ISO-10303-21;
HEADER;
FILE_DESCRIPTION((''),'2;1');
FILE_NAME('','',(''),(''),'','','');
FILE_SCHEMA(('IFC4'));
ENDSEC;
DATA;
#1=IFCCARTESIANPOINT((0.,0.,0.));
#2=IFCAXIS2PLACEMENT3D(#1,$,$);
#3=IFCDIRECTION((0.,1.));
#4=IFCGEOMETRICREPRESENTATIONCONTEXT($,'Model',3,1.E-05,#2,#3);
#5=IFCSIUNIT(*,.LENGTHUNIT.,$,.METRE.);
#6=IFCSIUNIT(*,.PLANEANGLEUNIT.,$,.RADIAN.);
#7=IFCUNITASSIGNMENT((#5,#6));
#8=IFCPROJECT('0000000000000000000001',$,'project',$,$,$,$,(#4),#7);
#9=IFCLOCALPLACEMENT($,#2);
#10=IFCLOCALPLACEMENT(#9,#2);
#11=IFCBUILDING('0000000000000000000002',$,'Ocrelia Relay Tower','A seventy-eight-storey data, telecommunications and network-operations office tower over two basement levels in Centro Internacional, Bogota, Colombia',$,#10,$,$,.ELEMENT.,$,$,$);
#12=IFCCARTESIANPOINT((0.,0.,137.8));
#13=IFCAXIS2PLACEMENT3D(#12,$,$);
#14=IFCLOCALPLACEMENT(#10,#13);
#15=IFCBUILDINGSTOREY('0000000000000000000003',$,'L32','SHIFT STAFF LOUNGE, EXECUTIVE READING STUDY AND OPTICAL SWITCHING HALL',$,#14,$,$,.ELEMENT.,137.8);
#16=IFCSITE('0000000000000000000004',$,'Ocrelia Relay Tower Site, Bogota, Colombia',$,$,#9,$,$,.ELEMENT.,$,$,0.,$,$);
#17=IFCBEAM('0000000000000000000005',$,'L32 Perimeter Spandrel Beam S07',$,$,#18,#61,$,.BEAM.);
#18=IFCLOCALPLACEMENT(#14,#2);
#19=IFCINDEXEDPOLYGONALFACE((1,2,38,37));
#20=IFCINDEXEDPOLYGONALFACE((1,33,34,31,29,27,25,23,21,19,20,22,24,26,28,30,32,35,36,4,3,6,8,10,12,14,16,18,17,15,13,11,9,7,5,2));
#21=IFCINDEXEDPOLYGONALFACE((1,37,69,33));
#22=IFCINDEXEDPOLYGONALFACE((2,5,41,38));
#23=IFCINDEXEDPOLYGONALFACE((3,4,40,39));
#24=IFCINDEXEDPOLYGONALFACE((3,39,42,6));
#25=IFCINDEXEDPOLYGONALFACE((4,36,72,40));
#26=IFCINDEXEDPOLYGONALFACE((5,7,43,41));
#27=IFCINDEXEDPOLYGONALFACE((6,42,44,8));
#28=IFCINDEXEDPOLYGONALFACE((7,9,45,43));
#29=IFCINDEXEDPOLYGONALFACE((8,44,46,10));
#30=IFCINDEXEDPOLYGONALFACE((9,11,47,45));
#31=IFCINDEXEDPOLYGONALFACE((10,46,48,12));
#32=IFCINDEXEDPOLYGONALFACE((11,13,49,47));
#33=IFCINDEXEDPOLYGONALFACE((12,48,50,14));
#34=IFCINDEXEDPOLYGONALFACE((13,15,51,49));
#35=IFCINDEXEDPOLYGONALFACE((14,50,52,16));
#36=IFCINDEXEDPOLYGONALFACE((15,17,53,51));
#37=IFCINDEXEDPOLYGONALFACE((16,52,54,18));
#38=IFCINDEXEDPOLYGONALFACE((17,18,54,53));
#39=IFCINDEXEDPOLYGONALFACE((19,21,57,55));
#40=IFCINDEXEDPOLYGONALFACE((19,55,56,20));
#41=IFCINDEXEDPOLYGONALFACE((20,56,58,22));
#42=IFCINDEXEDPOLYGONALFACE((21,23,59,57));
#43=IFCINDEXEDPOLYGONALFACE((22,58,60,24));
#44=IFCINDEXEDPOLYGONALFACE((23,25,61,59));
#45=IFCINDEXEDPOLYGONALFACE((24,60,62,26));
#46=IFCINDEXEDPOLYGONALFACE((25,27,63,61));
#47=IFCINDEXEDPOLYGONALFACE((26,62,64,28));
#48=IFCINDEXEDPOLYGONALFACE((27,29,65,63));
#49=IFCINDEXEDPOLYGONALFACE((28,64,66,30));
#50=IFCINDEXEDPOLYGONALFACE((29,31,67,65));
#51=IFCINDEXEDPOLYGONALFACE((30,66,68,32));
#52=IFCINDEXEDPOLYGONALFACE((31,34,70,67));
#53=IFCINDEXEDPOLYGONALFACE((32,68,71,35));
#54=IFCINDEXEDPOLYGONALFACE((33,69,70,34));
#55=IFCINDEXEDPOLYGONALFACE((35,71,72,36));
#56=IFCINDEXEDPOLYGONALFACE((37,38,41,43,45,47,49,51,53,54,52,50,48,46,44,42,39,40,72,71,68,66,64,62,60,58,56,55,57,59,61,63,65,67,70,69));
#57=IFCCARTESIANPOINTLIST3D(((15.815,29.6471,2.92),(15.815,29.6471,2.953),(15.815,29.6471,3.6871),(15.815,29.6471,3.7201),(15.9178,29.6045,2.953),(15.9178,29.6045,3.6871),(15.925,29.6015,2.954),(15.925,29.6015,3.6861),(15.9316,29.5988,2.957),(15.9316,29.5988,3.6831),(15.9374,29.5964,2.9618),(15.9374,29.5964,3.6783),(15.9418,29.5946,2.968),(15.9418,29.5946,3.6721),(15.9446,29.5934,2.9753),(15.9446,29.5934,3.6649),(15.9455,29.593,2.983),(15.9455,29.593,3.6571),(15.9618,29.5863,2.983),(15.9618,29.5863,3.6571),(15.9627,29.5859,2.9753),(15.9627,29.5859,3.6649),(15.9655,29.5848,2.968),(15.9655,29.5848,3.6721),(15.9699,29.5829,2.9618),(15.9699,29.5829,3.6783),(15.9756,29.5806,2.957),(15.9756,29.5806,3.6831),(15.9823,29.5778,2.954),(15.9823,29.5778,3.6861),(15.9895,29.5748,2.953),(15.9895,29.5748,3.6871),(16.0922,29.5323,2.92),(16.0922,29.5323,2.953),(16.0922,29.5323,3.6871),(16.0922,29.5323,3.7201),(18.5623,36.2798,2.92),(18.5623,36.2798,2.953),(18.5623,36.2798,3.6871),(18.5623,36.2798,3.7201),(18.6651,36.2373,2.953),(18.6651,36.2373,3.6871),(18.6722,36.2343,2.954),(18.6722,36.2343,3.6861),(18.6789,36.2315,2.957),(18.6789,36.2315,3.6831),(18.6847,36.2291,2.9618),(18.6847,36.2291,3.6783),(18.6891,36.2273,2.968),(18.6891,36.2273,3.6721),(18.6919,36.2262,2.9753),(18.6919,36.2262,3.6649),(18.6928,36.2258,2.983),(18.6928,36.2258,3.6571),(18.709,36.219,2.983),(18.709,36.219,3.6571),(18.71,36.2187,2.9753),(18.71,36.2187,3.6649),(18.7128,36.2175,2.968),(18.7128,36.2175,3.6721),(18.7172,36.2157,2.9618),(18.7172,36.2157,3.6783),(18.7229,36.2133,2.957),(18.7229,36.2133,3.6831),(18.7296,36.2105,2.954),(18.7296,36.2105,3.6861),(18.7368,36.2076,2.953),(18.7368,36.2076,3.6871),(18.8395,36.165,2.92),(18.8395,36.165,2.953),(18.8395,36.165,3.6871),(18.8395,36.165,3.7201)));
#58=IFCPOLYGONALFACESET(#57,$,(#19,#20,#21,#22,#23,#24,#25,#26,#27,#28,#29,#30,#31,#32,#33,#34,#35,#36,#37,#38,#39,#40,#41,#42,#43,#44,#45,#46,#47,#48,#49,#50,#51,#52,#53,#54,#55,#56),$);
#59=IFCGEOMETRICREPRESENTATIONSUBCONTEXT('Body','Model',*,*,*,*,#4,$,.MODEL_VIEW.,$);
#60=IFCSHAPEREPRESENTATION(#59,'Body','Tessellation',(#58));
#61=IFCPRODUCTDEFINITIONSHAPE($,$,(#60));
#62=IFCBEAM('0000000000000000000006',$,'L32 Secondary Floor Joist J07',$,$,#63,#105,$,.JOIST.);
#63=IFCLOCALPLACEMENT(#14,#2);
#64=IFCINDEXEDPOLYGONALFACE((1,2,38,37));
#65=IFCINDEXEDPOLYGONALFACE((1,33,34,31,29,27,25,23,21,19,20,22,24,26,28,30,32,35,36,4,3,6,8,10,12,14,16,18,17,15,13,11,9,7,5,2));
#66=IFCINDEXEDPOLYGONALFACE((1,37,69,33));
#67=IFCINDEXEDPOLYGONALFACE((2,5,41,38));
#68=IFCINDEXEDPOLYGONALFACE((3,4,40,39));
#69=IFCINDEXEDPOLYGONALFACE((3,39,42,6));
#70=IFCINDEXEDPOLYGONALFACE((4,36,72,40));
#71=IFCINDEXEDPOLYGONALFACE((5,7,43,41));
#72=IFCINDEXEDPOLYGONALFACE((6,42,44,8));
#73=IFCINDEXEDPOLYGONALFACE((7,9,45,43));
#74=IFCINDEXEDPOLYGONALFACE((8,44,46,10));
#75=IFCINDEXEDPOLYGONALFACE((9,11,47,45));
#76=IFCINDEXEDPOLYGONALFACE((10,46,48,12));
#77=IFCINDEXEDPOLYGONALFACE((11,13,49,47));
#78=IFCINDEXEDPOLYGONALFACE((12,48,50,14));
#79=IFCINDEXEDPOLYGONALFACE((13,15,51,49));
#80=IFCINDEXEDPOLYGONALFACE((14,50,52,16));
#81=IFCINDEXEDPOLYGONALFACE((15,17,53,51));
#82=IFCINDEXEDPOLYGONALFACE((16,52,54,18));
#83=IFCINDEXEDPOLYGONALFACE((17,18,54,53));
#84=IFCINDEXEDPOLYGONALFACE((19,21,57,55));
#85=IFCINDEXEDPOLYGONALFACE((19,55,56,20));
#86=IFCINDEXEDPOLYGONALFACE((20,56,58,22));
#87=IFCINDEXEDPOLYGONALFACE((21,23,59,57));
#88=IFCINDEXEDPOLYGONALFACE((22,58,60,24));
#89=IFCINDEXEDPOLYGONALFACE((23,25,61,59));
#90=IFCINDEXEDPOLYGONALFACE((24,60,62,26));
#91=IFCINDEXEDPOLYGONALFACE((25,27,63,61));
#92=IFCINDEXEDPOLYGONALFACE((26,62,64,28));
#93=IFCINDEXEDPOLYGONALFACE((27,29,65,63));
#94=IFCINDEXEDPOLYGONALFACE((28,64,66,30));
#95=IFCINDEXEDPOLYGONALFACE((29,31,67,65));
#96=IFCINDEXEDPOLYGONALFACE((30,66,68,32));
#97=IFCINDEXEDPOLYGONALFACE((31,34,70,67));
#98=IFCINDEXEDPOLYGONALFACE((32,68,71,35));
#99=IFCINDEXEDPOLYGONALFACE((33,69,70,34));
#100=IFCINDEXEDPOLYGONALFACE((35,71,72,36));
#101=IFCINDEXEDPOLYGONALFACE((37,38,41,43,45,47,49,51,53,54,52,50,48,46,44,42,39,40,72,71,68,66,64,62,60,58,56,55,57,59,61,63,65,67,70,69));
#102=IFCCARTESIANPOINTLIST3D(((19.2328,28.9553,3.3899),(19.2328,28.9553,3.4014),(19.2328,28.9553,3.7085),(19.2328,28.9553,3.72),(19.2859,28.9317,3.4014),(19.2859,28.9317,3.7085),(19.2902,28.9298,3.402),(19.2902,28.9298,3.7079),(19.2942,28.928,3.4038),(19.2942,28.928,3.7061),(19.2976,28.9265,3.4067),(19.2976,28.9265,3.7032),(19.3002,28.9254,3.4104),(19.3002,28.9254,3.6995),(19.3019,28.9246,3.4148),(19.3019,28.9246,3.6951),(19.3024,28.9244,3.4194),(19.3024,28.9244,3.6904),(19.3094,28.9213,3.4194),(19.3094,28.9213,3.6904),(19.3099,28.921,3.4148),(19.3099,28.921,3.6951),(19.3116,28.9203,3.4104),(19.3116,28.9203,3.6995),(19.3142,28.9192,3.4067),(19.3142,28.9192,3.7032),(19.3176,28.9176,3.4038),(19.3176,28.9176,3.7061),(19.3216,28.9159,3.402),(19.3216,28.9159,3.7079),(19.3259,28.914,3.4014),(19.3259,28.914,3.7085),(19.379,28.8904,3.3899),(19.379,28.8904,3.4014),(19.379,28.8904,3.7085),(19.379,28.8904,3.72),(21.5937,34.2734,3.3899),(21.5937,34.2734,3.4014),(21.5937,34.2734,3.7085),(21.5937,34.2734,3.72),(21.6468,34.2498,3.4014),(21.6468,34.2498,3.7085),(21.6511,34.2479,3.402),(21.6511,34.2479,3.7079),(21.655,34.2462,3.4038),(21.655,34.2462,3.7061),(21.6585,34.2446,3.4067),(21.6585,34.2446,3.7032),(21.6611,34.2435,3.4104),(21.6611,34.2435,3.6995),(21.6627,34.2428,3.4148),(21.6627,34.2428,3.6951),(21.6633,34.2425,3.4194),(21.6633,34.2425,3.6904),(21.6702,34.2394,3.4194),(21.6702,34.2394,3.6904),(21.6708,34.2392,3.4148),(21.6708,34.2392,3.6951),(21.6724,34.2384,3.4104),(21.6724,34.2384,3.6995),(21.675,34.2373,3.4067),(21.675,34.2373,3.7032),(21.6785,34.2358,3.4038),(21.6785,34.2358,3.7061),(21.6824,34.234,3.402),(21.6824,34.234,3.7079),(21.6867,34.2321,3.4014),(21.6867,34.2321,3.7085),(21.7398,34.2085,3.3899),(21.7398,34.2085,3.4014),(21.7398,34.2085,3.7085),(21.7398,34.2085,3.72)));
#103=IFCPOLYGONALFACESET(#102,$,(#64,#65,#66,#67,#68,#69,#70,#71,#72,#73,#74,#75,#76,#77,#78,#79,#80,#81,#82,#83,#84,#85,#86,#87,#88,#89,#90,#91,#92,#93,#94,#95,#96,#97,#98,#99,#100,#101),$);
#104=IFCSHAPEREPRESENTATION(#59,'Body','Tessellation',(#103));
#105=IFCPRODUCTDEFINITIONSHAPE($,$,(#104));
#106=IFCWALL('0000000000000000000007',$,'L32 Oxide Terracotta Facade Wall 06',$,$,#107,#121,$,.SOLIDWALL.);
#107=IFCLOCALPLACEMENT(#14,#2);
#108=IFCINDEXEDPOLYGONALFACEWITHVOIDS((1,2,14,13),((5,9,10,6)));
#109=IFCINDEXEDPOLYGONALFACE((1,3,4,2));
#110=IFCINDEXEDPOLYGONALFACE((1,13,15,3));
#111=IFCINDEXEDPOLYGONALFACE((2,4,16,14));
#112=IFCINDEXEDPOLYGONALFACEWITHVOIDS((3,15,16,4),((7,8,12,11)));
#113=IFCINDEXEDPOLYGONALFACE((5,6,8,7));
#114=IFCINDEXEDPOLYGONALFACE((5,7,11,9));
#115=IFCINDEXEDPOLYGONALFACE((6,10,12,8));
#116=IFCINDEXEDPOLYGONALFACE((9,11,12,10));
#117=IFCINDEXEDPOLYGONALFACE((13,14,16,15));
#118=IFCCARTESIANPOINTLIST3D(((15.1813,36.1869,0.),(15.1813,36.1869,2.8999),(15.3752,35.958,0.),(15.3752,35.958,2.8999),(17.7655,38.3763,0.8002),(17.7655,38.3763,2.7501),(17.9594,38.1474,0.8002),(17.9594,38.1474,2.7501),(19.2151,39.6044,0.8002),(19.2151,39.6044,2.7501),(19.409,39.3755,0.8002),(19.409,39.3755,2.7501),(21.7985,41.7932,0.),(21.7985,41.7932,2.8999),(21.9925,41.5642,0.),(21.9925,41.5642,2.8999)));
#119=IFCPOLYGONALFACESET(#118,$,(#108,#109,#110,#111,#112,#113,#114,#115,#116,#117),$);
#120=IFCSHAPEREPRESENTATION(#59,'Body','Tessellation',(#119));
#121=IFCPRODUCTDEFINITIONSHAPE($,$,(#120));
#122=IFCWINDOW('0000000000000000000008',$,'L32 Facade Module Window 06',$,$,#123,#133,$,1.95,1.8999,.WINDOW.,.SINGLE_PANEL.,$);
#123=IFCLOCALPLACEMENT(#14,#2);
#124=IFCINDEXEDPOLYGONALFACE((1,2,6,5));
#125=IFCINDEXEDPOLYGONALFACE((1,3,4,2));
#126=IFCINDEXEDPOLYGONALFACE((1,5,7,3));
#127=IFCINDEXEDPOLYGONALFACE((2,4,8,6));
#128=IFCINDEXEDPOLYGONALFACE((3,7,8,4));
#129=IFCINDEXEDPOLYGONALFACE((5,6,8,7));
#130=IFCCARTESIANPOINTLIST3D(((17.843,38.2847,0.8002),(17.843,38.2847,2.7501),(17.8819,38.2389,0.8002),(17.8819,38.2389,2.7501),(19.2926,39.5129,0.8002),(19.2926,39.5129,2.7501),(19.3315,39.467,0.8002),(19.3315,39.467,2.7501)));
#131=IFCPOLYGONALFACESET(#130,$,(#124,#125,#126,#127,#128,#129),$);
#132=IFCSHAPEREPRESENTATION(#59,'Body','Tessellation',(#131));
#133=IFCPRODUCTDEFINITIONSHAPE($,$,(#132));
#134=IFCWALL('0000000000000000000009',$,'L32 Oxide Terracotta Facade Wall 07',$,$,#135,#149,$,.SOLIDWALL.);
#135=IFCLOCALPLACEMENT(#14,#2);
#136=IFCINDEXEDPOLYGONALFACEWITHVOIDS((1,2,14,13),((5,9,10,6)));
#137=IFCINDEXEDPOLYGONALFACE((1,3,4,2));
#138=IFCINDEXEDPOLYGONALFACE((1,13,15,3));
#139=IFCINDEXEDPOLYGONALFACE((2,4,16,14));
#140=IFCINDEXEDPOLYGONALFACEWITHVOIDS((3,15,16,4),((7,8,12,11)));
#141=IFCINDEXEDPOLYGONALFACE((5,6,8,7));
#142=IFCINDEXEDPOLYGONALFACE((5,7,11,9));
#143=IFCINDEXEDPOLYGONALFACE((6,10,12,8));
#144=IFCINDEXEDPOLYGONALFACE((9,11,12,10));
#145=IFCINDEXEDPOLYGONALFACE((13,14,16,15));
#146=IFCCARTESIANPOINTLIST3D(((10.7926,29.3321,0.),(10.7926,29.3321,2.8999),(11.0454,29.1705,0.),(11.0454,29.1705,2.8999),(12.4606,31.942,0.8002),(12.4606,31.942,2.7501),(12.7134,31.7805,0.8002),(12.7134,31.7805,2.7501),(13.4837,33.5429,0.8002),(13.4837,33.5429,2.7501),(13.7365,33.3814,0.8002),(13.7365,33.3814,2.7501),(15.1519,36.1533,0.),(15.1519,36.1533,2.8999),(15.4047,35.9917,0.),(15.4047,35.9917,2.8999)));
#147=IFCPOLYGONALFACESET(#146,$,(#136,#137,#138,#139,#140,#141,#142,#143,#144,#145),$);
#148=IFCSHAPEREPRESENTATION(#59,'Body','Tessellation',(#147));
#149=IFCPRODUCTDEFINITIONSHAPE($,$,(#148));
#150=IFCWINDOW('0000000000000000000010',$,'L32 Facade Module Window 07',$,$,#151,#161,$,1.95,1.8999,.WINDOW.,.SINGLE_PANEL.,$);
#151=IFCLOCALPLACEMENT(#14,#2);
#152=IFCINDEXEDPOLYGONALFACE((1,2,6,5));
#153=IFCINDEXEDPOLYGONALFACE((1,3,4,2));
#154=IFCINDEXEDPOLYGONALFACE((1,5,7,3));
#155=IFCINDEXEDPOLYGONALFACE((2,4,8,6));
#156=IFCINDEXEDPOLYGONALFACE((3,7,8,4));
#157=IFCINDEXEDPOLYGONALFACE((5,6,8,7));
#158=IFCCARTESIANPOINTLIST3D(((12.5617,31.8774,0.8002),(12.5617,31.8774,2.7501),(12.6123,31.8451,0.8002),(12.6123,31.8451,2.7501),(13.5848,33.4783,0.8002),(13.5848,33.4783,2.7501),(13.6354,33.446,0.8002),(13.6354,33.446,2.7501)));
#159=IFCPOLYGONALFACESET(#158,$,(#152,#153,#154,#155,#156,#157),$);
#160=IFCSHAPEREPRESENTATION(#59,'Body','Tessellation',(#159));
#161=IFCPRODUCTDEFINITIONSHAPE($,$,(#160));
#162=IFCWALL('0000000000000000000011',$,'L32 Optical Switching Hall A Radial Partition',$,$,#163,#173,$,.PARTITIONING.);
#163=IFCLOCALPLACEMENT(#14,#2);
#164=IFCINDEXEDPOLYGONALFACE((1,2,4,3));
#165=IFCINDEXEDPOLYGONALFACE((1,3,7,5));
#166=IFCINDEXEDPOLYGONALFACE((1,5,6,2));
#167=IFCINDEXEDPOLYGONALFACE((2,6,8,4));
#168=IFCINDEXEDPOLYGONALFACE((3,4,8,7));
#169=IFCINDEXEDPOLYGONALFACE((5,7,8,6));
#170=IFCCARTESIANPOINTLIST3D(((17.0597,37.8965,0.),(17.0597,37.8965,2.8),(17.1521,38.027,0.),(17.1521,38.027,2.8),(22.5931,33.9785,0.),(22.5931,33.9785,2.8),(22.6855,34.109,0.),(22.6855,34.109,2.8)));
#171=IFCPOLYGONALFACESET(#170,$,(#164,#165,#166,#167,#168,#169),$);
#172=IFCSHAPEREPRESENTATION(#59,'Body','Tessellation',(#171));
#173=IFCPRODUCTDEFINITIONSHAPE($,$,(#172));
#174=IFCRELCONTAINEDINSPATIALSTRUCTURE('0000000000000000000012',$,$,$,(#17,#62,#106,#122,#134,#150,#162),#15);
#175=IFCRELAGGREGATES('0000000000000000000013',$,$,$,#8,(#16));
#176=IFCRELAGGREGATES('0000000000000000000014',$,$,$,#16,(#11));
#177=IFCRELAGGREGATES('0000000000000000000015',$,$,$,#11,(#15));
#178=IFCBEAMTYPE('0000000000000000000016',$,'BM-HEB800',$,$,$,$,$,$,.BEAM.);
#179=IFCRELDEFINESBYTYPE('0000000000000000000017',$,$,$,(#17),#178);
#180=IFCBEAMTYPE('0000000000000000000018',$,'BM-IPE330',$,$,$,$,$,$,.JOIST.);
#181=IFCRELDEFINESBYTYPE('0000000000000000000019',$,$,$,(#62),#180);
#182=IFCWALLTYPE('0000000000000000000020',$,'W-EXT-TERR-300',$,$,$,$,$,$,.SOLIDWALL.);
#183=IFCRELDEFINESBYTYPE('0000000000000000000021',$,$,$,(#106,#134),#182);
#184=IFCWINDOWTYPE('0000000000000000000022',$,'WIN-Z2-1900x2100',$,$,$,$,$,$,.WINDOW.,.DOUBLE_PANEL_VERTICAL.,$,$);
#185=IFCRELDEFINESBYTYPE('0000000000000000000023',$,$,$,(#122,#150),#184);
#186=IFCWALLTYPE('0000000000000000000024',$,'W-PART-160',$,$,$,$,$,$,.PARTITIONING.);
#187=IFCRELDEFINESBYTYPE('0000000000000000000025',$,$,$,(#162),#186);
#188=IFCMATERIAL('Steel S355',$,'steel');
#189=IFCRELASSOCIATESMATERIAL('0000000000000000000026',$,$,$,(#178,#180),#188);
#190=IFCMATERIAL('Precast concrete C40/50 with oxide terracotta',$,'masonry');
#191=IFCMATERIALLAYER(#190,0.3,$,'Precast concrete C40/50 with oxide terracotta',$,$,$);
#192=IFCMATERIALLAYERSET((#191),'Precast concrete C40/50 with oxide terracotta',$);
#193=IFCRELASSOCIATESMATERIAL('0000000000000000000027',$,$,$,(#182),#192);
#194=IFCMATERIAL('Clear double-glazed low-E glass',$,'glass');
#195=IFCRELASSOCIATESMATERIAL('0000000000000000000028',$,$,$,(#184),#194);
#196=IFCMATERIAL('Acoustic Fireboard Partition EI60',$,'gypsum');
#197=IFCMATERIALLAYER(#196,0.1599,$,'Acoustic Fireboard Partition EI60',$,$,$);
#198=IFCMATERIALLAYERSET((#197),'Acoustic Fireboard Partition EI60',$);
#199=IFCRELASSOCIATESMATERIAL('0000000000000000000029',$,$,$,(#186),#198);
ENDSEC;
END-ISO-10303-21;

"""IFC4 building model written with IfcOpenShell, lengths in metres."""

from ifc_helpers import new_model, si_unit, direction, frame, frame_2d, origin, origin_2d, place, context, subcontext, project, spatial, rectangle, i_section, extrude, material, layer, layer_set, material_profile, profile_set, type_object, element, fill, save


model = new_model("IFC4")

# Units and contexts
model_context = context("Model", 3, precision=1e-05, world=origin(), true_north=direction((0.0, 1.0)))
body_context = subcontext(model_context, "Body", "Model", "MODEL_VIEW")
ifc_project = project(units=[si_unit("LENGTHUNIT", "METRE"), si_unit("PLANEANGLEUNIT", "RADIAN")], contexts=[model_context])

# Site, building, storey
site_placement = place(None, origin())
site = spatial("IfcSite", under=ifc_project, at=site_placement, Name="Ocrelia Relay Tower Site, Bogota, Colombia", CompositionType="ELEMENT", RefElevation=0.0)
building_placement = place(site_placement, origin())
building = spatial("IfcBuilding", under=site, at=building_placement, Name="Ocrelia Relay Tower", Description="A seventy-eight-storey data, telecommunications and network-operations office tower over two basement levels in Centro Internacional, Bogota, Colombia", CompositionType="ELEMENT")
storey_placement = place(building_placement, frame((0.0, 0.0, 137.8)))
storey = spatial("IfcBuildingStorey", under=building, at=storey_placement, Name="L32", Description="SHIFT STAFF LOUNGE, EXECUTIVE READING STUDY AND OPTICAL SWITCHING HALL", CompositionType="ELEMENT", Elevation=137.8)

# Beams
ifc_material_1 = material(Name="Steel S355", Category="steel")
ifc_material_profile_1 = material_profile(ifc_material_1, i_section(OverallWidth=0.3, OverallDepth=0.8, WebThickness=0.0176, FlangeThickness=0.033, FilletRadius=0.03, at=origin_2d()), Name="HEB 800")
ifc_profile_set_1 = profile_set([ifc_material_profile_1], Name="Steel S355")
beam_type_1 = type_object("IfcBeamType", Name="BM-HEB800", PredefinedType="BEAM", material=ifc_profile_set_1)
beam_1_placement = place(storey_placement, frame((18.7009, 36.2224, 3.3201), z_axis=(-0.382673, -0.923884, 0.0), x_axis=(0.923884, -0.382673, 0.0)))
element("IfcBeam", 1, at=beam_1_placement, inside=storey, type_object=beam_type_1, Name="L32 Perimeter Spandrel Beam S07", PredefinedType="BEAM", context=body_context, shape_type="SweptSolid", body=[
    extrude(i_section(OverallWidth=0.3, OverallDepth=0.8, WebThickness=0.0176, FlangeThickness=0.033, FilletRadius=0.03, at=origin_2d()), origin(), (0.0, 0.0, 1.0), 7.1792),
])
ifc_material_profile_2 = material_profile(ifc_material_1, i_section(OverallWidth=0.1599, OverallDepth=0.3301, WebThickness=0.0076, FlangeThickness=0.0115, FilletRadius=0.0181, at=origin_2d()), Name="IPE 330")
ifc_profile_set_2 = profile_set([ifc_material_profile_2], Name="Steel S355")
beam_type_2 = type_object("IfcBeamType", Name="BM-IPE330", PredefinedType="JOIST", material=ifc_profile_set_2)
beam_2_placement = place(storey_placement, frame((21.6667, 34.241, 3.5549), z_axis=(-0.405741, -0.913988, 0.0), x_axis=(0.913988, -0.405741, 0.0)))
element("IfcBeam", 2, at=beam_2_placement, inside=storey, type_object=beam_type_2, Name="L32 Secondary Floor Joist J07", PredefinedType="JOIST", context=body_context, shape_type="SweptSolid", body=[
    extrude(i_section(OverallWidth=0.1599, OverallDepth=0.3301, WebThickness=0.0076, FlangeThickness=0.0115, FilletRadius=0.0181, at=origin_2d()), origin(), (0.0, 0.0, 1.0), 5.8186),
])

# Walls, openings, windows
ifc_material_2 = material(Name="Precast concrete C40/50 with oxide terracotta", Category="masonry")
ifc_layer_1 = layer(ifc_material_2, 0.3, Name="Precast concrete C40/50 with oxide terracotta")
ifc_layer_set_1 = layer_set([ifc_layer_1], Name="Precast concrete C40/50 with oxide terracotta")
wall_type_1 = type_object("IfcWallType", Name="W-EXT-TERR-300", PredefinedType="SOLIDWALL", material=ifc_layer_set_1)
wall_1_placement = place(storey_placement, frame((21.8955, 41.6787, 0.0), z_axis=(0.0, 0.0, 1.0), x_axis=(-0.762986, -0.646415, 0.0)))
wall_1 = element("IfcWall", 3, at=wall_1_placement, inside=storey, type_object=wall_type_1, Name="L32 Oxide Terracotta Facade Wall 06", PredefinedType="SOLIDWALL", context=body_context, shape_type="SweptSolid", body=[
    extrude(rectangle(XDim=8.6729, YDim=0.3, at=frame_2d((4.3364, 0.0))), origin(), (0.0, 0.0, 1.0), 2.8999),
])
opening_1_placement = place(wall_1_placement, frame((3.386, 0.0, 0.8)))
opening_1 = element("IfcOpeningElement", 4, at=opening_1_placement, cuts=wall_1, PredefinedType="OPENING", context=body_context, shape_type="SweptSolid", body=[
    extrude(rectangle(XDim=1.8999, YDim=1.95, at=frame_2d((0.95, 0.9751))), frame((0.0, 0.1602, 0.0), z_axis=(0.0, -1.0, 0.0), x_axis=(1.0, 0.0, 0.0)), (0.0, 0.0, 1.0), 0.3201),
])
ifc_material_3 = material(Name="Clear double-glazed low-E glass", Category="glass")
window_type = type_object("IfcWindowType", Name="WIN-Z2-1900x2100", PartitioningType="DOUBLE_PANEL_VERTICAL", PredefinedType="WINDOW", material=ifc_material_3)
window_1_placement = place(opening_1_placement, origin())
window_1 = element("IfcWindow", 5, at=window_1_placement, inside=storey, type_object=window_type, Name="L32 Facade Module Window 06", OverallHeight=1.95, OverallWidth=1.8999, PartitioningType="SINGLE_PANEL", PredefinedType="WINDOW", context=body_context, shape_type="SweptSolid", body=[
    extrude(rectangle(XDim=1.8999, YDim=1.95, at=frame_2d((0.95, 0.9751))), frame((0.0, 0.03, 0.0), z_axis=(0.0, -1.0, 0.0), x_axis=(1.0, 0.0, 0.0)), (0.0, 0.0, 1.0), 0.0601),
])
fill(opening_1, window_1)
wall_2_placement = place(storey_placement, frame((15.2783, 36.0725, 0.0), z_axis=(0.0, 0.0, 1.0), x_axis=(-0.538506, -0.842622, 0.0)))
wall_2 = element("IfcWall", 6, at=wall_2_placement, inside=storey, type_object=wall_type_1, Name="L32 Oxide Terracotta Facade Wall 07", PredefinedType="SOLIDWALL", context=body_context, shape_type="SweptSolid", body=[
    extrude(rectangle(XDim=8.0952, YDim=0.3, at=frame_2d((4.0476, 0.0))), origin(), (0.0, 0.0, 1.0), 2.8999),
])
opening_2_placement = place(wall_2_placement, frame((3.0979, 0.0, 0.8)))
opening_2 = element("IfcOpeningElement", 7, at=opening_2_placement, cuts=wall_2, PredefinedType="OPENING", context=body_context, shape_type="SweptSolid", body=[
    extrude(rectangle(XDim=1.8999, YDim=1.95, at=frame_2d((0.95, 0.9751))), frame((0.0, 0.1602, 0.0), z_axis=(0.0, -1.0, 0.0), x_axis=(1.0, 0.0, 0.0)), (0.0, 0.0, 1.0), 0.3201),
])
window_2_placement = place(opening_2_placement, origin())
window_2 = element("IfcWindow", 8, at=window_2_placement, inside=storey, type_object=window_type, Name="L32 Facade Module Window 07", OverallHeight=1.95, OverallWidth=1.8999, PartitioningType="SINGLE_PANEL", PredefinedType="WINDOW", context=body_context, shape_type="SweptSolid", body=[
    extrude(rectangle(XDim=1.8999, YDim=1.95, at=frame_2d((0.95, 0.9751))), frame((0.0, 0.03, 0.0), z_axis=(0.0, -1.0, 0.0), x_axis=(1.0, 0.0, 0.0)), (0.0, 0.0, 1.0), 0.0601),
])
fill(opening_2, window_2)

# Wall
ifc_material_4 = material(Name="Acoustic Fireboard Partition EI60", Category="gypsum")
ifc_layer_2 = layer(ifc_material_4, 0.1599, Name="Acoustic Fireboard Partition EI60")
ifc_layer_set_2 = layer_set([ifc_layer_2], Name="Acoustic Fireboard Partition EI60")
wall_type_2 = type_object("IfcWallType", Name="W-PART-160", PredefinedType="PARTITIONING", material=ifc_layer_set_2)
wall_3_placement = place(storey_placement, frame((22.6394, 34.0437, 0.0), z_axis=(0.0, 0.0, 1.0), x_axis=(-0.816133, 0.577864, 0.0)))
element("IfcWall", 9, at=wall_3_placement, inside=storey, type_object=wall_type_2, Name="L32 Optical Switching Hall A Radial Partition", PredefinedType="PARTITIONING", context=body_context, shape_type="SweptSolid", body=[
    extrude(rectangle(XDim=6.78, YDim=0.1599, at=frame_2d((3.3901, 0.0))), origin(), (0.0, 0.0, 1.0), 2.8),
])

save(model, "model.ifc")
